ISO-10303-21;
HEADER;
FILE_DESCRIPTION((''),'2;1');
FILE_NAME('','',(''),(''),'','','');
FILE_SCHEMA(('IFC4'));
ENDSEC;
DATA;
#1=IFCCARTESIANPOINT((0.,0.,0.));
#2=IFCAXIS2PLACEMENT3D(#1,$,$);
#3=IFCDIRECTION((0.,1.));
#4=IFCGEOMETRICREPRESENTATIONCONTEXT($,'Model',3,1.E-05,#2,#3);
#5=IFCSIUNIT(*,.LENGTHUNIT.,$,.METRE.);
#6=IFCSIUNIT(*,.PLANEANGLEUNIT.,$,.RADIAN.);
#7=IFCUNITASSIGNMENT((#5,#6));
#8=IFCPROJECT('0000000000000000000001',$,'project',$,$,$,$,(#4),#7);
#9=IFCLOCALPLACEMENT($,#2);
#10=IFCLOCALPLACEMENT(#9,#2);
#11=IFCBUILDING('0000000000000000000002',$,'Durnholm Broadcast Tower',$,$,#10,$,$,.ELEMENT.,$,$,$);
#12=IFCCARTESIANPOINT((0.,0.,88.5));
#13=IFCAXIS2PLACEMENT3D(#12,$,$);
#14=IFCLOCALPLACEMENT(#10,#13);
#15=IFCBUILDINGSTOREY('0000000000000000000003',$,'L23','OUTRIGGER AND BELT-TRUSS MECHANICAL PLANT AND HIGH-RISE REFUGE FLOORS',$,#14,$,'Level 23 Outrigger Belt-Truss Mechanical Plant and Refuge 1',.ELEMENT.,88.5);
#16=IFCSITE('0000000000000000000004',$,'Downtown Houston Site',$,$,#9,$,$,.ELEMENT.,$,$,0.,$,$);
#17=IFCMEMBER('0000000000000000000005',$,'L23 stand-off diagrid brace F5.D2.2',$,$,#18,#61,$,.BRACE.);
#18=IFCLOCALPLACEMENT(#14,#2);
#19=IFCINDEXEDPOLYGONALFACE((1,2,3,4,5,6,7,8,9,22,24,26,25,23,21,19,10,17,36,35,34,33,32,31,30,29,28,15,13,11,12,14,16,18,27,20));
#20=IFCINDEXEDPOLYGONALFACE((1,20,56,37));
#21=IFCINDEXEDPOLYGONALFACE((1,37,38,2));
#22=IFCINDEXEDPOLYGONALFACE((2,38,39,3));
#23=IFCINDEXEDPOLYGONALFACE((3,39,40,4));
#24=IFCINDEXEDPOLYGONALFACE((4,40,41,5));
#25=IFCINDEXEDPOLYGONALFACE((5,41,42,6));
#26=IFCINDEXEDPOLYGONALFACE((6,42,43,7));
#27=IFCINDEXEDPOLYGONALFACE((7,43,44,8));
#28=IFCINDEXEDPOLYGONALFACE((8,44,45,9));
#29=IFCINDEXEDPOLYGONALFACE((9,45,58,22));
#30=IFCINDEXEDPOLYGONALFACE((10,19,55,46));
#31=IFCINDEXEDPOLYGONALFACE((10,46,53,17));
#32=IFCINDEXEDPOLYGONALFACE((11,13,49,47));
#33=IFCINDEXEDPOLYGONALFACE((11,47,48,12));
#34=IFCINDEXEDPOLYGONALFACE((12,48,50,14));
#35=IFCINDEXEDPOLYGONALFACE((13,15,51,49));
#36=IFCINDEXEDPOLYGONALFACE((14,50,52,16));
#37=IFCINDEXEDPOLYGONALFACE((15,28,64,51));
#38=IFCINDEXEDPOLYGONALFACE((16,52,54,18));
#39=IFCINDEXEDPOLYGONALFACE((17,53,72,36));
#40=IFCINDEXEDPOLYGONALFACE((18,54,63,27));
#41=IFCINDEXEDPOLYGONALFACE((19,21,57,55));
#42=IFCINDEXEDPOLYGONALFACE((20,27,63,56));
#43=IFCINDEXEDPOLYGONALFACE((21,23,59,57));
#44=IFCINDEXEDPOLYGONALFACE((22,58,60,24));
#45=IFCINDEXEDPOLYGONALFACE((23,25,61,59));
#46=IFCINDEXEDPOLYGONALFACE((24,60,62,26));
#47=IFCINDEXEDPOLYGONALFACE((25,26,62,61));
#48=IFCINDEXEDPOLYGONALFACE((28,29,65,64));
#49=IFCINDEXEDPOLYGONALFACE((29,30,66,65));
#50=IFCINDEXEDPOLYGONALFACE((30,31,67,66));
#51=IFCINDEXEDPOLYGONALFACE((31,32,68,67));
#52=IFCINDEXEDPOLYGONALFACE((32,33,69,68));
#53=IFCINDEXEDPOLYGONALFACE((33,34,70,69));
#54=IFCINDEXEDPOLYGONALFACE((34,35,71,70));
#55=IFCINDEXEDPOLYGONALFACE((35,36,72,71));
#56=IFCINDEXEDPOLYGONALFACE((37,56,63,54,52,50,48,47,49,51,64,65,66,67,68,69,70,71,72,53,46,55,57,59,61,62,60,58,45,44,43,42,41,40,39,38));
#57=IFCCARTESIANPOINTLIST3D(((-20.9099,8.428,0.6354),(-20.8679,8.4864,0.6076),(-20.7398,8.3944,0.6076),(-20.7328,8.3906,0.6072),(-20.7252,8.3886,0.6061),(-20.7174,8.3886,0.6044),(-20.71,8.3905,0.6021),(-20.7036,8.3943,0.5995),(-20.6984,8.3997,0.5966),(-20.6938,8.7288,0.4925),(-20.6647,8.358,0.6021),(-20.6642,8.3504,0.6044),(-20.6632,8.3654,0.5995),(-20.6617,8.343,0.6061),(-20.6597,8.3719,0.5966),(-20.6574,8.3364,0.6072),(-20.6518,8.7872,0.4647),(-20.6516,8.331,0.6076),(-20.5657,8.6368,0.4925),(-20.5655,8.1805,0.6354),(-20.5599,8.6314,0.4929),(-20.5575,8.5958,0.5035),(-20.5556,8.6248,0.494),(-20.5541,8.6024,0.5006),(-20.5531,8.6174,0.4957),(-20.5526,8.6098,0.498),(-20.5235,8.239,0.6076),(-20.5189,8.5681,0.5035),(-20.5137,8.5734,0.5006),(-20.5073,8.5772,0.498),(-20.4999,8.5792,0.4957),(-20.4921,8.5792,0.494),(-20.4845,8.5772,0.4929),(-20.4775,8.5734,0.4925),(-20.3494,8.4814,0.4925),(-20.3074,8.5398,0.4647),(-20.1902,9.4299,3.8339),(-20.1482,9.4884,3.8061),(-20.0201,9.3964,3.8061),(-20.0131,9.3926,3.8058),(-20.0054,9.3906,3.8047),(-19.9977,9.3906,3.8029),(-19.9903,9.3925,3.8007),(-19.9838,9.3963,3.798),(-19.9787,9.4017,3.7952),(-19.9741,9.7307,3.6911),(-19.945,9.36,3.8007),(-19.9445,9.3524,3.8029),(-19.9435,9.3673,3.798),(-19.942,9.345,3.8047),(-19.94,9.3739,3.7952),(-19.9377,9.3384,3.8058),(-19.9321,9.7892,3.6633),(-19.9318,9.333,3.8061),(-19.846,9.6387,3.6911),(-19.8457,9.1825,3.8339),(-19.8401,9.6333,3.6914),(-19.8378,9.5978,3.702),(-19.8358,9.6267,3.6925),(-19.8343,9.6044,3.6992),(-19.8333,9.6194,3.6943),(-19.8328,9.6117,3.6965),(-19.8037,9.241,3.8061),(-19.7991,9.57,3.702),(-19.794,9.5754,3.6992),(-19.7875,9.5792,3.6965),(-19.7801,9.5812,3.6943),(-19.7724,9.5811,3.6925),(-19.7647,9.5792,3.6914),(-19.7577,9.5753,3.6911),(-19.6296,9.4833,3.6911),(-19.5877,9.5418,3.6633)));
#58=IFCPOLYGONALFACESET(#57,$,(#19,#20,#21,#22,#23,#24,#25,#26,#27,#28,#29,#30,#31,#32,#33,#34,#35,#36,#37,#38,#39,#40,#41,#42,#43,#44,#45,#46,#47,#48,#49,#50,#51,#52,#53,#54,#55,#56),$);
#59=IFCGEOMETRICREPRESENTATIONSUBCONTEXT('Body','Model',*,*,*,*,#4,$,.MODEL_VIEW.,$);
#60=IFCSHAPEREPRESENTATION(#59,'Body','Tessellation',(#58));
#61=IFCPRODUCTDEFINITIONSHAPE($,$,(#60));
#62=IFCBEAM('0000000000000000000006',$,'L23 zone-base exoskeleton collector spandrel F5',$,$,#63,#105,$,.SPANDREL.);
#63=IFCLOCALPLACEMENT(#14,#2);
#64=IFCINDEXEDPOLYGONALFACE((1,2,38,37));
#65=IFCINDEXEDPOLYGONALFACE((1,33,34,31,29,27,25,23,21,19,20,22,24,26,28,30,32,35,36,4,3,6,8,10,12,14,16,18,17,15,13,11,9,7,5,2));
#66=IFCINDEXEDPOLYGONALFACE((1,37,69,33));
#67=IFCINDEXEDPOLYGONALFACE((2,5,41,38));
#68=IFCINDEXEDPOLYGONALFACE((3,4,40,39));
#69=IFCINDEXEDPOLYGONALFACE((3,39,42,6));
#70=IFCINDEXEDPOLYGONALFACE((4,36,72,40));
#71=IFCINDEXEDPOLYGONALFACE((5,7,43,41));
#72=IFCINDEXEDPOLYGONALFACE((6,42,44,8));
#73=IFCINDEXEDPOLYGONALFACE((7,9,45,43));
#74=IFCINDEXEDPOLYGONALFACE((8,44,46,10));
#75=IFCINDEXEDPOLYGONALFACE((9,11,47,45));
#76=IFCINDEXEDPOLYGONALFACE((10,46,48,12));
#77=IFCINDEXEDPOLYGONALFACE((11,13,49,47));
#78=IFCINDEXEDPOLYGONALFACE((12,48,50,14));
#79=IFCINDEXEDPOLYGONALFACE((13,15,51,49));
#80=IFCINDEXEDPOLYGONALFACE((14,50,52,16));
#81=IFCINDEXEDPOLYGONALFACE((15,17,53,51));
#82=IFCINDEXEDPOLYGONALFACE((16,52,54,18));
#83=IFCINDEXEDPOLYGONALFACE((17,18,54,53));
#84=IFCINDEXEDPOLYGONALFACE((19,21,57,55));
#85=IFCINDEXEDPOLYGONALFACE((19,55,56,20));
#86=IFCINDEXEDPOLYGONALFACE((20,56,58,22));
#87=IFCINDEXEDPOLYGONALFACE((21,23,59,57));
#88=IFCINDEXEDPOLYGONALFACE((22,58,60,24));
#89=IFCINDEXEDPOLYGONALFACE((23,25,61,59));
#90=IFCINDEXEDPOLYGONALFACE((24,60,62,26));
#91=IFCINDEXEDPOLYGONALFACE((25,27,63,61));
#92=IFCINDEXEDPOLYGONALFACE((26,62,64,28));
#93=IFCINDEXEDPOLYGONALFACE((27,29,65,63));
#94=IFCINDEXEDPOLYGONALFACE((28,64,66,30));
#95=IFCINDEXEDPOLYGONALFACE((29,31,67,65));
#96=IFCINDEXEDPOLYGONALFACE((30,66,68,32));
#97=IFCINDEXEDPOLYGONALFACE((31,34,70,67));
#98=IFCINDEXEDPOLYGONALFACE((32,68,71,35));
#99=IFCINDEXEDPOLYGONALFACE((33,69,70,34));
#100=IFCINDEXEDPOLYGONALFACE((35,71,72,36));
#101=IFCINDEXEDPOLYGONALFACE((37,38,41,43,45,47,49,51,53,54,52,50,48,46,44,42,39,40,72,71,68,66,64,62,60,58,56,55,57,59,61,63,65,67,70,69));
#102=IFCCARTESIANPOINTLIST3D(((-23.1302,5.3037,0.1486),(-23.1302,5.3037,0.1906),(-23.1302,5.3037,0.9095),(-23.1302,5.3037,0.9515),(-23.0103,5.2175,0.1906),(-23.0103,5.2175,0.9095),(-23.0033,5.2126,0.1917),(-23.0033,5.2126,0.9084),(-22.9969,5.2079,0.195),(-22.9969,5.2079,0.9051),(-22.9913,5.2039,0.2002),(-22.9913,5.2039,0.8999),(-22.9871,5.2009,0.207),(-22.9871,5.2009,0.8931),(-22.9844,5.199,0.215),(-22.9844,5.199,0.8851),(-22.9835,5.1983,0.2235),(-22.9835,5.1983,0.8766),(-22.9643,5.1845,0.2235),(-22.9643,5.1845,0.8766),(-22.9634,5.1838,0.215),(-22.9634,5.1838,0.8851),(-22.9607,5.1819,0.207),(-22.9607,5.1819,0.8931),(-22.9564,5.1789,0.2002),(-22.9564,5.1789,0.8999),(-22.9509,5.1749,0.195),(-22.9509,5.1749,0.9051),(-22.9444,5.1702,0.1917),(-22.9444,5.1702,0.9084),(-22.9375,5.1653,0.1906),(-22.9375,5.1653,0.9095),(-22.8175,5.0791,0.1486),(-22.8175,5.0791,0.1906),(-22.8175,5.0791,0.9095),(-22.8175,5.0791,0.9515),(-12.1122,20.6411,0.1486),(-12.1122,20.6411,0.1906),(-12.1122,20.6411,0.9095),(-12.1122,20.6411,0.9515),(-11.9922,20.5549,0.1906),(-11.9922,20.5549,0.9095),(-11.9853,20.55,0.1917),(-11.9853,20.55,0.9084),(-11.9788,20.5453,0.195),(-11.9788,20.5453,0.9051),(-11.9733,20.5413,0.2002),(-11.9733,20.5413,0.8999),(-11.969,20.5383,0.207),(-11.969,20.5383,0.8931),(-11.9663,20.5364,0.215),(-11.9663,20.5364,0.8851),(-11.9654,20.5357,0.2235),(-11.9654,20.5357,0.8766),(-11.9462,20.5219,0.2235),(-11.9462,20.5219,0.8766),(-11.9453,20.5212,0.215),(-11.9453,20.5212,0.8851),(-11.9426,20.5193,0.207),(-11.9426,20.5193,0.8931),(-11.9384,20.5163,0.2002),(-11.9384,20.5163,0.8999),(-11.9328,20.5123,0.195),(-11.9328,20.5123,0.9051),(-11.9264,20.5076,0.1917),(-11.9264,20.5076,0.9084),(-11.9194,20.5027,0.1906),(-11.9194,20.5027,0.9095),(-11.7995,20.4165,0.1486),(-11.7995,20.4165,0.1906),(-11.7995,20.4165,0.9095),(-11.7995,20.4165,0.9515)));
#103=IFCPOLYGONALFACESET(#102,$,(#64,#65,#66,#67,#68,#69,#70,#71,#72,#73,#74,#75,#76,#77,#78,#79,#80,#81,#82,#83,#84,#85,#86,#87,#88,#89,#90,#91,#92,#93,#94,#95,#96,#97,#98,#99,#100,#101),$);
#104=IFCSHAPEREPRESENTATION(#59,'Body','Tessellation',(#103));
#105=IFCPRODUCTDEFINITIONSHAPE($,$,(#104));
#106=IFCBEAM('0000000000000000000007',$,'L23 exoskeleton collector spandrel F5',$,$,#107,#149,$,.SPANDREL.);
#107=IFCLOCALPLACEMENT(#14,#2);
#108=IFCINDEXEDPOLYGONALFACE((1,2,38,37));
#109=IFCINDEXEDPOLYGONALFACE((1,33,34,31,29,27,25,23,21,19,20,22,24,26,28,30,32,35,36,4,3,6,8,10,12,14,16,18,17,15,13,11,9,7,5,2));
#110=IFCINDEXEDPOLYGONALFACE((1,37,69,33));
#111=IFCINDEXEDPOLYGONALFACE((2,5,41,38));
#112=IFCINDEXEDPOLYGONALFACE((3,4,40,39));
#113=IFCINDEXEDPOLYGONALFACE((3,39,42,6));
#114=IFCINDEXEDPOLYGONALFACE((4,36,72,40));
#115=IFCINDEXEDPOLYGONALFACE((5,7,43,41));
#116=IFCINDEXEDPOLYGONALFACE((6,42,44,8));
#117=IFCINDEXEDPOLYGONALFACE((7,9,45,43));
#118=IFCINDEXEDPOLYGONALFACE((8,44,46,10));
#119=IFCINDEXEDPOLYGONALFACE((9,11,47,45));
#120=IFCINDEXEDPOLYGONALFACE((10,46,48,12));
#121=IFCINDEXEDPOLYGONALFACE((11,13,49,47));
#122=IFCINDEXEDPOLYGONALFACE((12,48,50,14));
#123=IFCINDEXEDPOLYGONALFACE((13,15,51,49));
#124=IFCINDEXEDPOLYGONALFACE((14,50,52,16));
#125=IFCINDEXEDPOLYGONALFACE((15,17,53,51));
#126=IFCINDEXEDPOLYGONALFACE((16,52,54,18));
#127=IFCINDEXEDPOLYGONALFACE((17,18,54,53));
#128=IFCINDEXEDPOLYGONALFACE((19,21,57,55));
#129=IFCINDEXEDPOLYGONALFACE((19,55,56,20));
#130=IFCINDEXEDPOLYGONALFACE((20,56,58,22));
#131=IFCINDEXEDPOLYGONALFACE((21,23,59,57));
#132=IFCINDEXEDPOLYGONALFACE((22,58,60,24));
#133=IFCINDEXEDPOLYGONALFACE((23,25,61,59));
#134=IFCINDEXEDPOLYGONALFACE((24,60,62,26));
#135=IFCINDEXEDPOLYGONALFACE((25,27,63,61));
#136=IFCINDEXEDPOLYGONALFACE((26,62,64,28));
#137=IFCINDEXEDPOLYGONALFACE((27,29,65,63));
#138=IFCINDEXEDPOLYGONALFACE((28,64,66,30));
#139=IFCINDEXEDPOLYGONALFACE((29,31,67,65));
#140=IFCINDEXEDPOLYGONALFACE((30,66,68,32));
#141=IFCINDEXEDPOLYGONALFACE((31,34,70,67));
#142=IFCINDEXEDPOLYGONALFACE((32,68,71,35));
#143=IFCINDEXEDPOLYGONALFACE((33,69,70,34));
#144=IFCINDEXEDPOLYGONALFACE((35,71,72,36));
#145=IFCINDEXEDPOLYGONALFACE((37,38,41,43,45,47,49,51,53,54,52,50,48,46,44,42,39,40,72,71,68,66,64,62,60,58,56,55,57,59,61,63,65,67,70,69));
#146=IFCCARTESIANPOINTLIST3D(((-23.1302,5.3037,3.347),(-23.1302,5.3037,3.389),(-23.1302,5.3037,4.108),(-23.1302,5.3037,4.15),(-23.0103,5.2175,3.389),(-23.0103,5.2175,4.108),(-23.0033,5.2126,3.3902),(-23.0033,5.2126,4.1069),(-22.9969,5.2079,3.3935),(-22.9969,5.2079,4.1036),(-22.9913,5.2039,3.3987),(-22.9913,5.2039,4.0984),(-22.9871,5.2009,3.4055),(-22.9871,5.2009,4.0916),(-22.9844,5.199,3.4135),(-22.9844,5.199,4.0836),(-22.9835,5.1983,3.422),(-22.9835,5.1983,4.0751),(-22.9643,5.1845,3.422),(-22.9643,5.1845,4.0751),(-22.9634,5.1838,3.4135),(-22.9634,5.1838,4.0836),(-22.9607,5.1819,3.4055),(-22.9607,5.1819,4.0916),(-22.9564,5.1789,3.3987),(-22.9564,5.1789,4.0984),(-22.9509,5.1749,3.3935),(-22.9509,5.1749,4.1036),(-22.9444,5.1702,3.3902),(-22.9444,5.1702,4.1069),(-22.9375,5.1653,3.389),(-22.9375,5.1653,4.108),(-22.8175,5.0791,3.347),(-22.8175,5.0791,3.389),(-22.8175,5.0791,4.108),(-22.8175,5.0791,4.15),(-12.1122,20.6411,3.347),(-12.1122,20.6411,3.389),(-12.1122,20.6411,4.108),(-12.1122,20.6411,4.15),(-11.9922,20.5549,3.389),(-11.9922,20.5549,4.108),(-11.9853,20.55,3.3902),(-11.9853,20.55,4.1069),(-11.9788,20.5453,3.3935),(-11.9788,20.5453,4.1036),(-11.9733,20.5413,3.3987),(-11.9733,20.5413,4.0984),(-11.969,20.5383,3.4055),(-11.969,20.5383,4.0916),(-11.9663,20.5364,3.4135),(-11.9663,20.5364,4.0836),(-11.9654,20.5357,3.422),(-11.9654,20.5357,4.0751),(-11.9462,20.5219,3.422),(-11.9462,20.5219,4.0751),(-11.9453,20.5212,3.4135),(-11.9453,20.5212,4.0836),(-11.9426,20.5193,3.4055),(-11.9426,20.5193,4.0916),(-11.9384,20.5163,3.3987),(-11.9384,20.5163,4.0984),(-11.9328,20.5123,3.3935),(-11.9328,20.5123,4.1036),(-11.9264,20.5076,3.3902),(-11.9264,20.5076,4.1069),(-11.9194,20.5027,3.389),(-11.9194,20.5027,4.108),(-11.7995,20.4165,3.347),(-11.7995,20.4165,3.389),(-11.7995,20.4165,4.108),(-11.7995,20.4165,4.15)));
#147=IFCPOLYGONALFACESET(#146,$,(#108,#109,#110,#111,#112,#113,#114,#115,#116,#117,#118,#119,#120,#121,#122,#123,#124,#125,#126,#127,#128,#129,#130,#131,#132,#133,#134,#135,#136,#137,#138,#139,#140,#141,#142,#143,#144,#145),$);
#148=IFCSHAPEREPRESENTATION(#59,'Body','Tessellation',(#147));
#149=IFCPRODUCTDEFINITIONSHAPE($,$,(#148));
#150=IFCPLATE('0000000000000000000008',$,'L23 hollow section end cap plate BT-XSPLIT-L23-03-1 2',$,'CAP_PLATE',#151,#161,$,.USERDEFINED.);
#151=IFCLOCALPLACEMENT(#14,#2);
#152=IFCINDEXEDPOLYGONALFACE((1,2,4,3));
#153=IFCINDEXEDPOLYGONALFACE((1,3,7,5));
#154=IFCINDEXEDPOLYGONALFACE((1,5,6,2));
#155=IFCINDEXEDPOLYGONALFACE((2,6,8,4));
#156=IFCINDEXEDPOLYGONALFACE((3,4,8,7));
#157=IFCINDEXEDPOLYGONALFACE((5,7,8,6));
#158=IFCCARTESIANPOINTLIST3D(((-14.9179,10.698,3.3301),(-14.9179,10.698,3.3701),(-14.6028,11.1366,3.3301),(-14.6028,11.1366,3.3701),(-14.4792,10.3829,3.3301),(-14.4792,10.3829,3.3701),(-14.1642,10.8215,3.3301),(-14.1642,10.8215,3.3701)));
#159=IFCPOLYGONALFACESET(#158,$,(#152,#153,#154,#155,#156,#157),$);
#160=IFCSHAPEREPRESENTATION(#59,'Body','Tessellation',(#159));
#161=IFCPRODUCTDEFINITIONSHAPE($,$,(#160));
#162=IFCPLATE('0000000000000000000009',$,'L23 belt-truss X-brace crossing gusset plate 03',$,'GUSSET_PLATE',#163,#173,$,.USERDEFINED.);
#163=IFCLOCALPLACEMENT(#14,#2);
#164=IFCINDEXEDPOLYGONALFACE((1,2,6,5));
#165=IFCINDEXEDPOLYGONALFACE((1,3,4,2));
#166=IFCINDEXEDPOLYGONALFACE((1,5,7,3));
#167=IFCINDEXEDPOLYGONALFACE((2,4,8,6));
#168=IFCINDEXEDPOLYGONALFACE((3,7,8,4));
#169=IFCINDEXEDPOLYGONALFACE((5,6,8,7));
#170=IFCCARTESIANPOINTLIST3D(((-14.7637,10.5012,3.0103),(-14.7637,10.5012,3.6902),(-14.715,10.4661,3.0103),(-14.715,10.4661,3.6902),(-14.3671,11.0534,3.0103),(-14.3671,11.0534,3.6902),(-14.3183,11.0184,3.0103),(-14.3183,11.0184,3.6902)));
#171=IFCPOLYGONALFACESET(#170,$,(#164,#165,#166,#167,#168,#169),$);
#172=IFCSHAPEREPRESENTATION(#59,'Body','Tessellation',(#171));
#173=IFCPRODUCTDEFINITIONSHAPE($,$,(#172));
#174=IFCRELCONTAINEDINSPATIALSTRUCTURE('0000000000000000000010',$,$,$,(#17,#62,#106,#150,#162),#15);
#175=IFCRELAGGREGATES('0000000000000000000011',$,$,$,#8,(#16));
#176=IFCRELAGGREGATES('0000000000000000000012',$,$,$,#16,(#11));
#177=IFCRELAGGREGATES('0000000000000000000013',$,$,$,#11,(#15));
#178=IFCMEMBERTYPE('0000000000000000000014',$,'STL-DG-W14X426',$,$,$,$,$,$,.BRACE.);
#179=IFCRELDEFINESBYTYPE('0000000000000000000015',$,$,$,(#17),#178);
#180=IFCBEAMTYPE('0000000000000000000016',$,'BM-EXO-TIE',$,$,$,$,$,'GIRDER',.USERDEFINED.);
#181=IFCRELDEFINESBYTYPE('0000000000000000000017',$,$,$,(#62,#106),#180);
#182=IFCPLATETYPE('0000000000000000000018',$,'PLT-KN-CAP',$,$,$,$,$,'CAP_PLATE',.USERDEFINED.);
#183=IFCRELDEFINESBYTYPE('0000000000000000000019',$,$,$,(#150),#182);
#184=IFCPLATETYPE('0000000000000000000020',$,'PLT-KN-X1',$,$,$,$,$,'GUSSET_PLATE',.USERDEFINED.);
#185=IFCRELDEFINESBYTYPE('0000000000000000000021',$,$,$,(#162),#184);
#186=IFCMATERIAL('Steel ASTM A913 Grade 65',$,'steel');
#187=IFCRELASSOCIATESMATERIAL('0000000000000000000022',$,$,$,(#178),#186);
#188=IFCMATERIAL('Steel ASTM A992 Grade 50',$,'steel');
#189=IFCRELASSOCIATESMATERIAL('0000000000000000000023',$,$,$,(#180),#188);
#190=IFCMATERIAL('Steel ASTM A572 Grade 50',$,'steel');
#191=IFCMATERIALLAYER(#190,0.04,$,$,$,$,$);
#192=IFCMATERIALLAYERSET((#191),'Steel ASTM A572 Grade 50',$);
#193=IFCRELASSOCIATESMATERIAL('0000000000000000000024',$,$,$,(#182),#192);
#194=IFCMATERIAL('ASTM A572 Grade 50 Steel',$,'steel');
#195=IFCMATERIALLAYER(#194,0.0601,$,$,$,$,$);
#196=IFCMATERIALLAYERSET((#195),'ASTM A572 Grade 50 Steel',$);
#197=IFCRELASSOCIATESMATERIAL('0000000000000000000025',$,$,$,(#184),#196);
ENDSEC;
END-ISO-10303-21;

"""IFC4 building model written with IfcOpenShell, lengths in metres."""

from ifc_helpers import new_model, si_unit, direction, frame, origin, origin_2d, place, context, subcontext, project, spatial, rectangle, i_section, extrude, source, transform, mapped, material, layer, layer_set, material_profile, profile_set, type_object, type_shapes, element, save


model = new_model("IFC4")

# Units and contexts
model_context = context("Model", 3, precision=1e-05, world=origin(), true_north=direction((0.0, 1.0)))
body_context = subcontext(model_context, "Body", "Model", "MODEL_VIEW")
ifc_project = project(units=[si_unit("LENGTHUNIT", "METRE"), si_unit("PLANEANGLEUNIT", "RADIAN")], contexts=[model_context])

# Site, building, storey
site_placement = place(None, origin())
site = spatial("IfcSite", under=ifc_project, at=site_placement, Name="Downtown Houston Site", CompositionType="ELEMENT", RefElevation=0.0)
building_placement = place(site_placement, origin())
building = spatial("IfcBuilding", under=site, at=building_placement, Name="Durnholm Broadcast Tower", CompositionType="ELEMENT")
storey_placement = place(building_placement, frame((0.0, 0.0, 88.5)))
storey = spatial("IfcBuildingStorey", under=building, at=storey_placement, Name="L23", Description="OUTRIGGER AND BELT-TRUSS MECHANICAL PLANT AND HIGH-RISE REFUGE FLOORS", LongName="Level 23 Outrigger Belt-Truss Mechanical Plant and Refuge 1", CompositionType="ELEMENT", Elevation=88.5)

# Member
ifc_material_1 = material(Name="Steel ASTM A913 Grade 65", Category="steel")
ifc_material_profile_1 = material_profile(ifc_material_1, i_section(OverallWidth=0.4241, OverallDepth=0.4741, WebThickness=0.0476, FlangeThickness=0.0771, FilletRadius=0.0305, at=origin_2d()), Name="W14X426")
ifc_profile_set_1 = profile_set([ifc_material_profile_1], Name="Steel ASTM A913 Grade 65")
member_type_1 = type_object("IfcMemberType", Name="STL-DG-W14X426", PredefinedType="BRACE", material=ifc_profile_set_1)
shared_shape_1 = source(origin(), body_context, "Body", "SweptSolid", [
    extrude(i_section(OverallWidth=0.4241, OverallDepth=0.4741, WebThickness=0.0476, FlangeThickness=0.0771, FilletRadius=0.0305, at=origin_2d()), origin(), (0.0, 0.0, 1.0), 3.4282),
])
type_shapes(member_type_1, [shared_shape_1])
for number, where, z_axis, x_axis, name in (
    (1, (-20.6086, 8.4839, 0.55), (0.209946, 0.292272, 0.933006), (-0.812179, 0.583408, 0.0), "L23 stand-off diagrid brace F5.D2.2"),
):
    element("IfcMember", number, at=place(storey_placement, frame(where, z_axis=z_axis, x_axis=x_axis)), inside=storey, type_object=member_type_1, Name=name, PredefinedType="BRACE", context=body_context, shape_type="MappedRepresentation", body=[
        mapped(shared_shape_1, transform((0.0, 0.0, 0.0), x_axis=(1.0, 0.0, 0.0), y_axis=(0.0, 1.0, 0.0), z_axis=(0.0, 0.0, 1.0), scale=1.0)),
    ])

# Beams
ifc_material_2 = material(Name="Steel ASTM A992 Grade 50", Category="steel")
ifc_material_profile_2 = material_profile(ifc_material_2, i_section(OverallWidth=0.385, OverallDepth=0.803, WebThickness=0.0237, FlangeThickness=0.042, FilletRadius=0.033, at=origin_2d()), Name="W30X261")
ifc_profile_set_2 = profile_set([ifc_material_profile_2], Name="Steel ASTM A992 Grade 50")
beam_type = type_object("IfcBeamType", Name="BM-EXO-TIE", ElementType="GIRDER", PredefinedType="USERDEFINED", material=ifc_profile_set_2)
shared_shape_2 = source(origin(), body_context, "Body", "SweptSolid", [
    extrude(i_section(OverallWidth=0.385, OverallDepth=0.803, WebThickness=0.0237, FlangeThickness=0.042, FilletRadius=0.033, at=origin_2d()), origin(), (0.0, 0.0, 1.0), 18.8848),
])
type_shapes(beam_type, [shared_shape_2])
for number, where, z_axis, x_axis, name in (
    (2, (-11.9558, 20.5288, 0.55), (-0.583437, -0.812158, 0.0), (0.812158, -0.583437, 0.0), "L23 zone-base exoskeleton collector spandrel F5"),
    (3, (-11.9558, 20.5288, 3.7485), (-0.583437, -0.812158, 0.0), (0.812158, -0.583437, 0.0), "L23 exoskeleton collector spandrel F5"),
):
    element("IfcBeam", number, at=place(storey_placement, frame(where, z_axis=z_axis, x_axis=x_axis)), inside=storey, type_object=beam_type, Name=name, PredefinedType="SPANDREL", context=body_context, shape_type="MappedRepresentation", body=[
        mapped(shared_shape_2, transform((0.0, 0.0, 0.0), x_axis=(1.0, 0.0, 0.0), y_axis=(0.0, 1.0, 0.0), z_axis=(0.0, 0.0, 1.0), scale=1.0)),
    ])

# Plates
ifc_material_3 = material(Name="Steel ASTM A572 Grade 50", Category="steel")
ifc_layer_1 = layer(ifc_material_3, 0.04)
ifc_layer_set_1 = layer_set([ifc_layer_1], Name="Steel ASTM A572 Grade 50")
plate_type_1 = type_object("IfcPlateType", Name="PLT-KN-CAP", ElementType="CAP_PLATE", PredefinedType="USERDEFINED", material=ifc_layer_set_1)
shared_shape_3 = source(origin(), body_context, "Body", "SweptSolid", [
    extrude(rectangle(XDim=0.54, YDim=0.54, at=origin_2d()), origin(), (0.0, 0.0, 1.0), 0.04),
])
type_shapes(plate_type_1, [shared_shape_3])
plate_1_placement = place(storey_placement, frame((-14.541, 10.7598, 3.3301), z_axis=(0.0, 0.0, 1.0), x_axis=(-0.583399, -0.812185, 0.0)))
element("IfcPlate", 4, at=plate_1_placement, inside=storey, type_object=plate_type_1, Name="L23 hollow section end cap plate BT-XSPLIT-L23-03-1 2", ObjectType="CAP_PLATE", PredefinedType="USERDEFINED", context=body_context, shape_type="MappedRepresentation", body=[
    mapped(shared_shape_3, transform((0.0, 0.0, 0.0), x_axis=(1.0, 0.0, 0.0), y_axis=(0.0, 1.0, 0.0), z_axis=(0.0, 0.0, 1.0), scale=1.0)),
])
ifc_material_4 = material(Name="ASTM A572 Grade 50 Steel", Category="steel")
ifc_layer_2 = layer(ifc_material_4, 0.0601)
ifc_layer_set_2 = layer_set([ifc_layer_2], Name="ASTM A572 Grade 50 Steel")
plate_type_2 = type_object("IfcPlateType", Name="PLT-KN-X1", ElementType="GUSSET_PLATE", PredefinedType="USERDEFINED", material=ifc_layer_set_2)
shared_shape_4 = source(origin(), body_context, "Body", "SweptSolid", [
    extrude(rectangle(XDim=0.6799, YDim=0.0601, at=origin_2d()), origin(), (0.0, 0.0, 1.0), 0.6799),
])
type_shapes(plate_type_2, [shared_shape_4])
plate_2_placement = place(storey_placement, frame((-14.541, 10.7598, 3.0103), z_axis=(0.0, 0.0, 1.0), x_axis=(0.583399, 0.812185, 0.0)))
element("IfcPlate", 5, at=plate_2_placement, inside=storey, type_object=plate_type_2, Name="L23 belt-truss X-brace crossing gusset plate 03", ObjectType="GUSSET_PLATE", PredefinedType="USERDEFINED", context=body_context, shape_type="MappedRepresentation", body=[
    mapped(shared_shape_4, transform((0.0, 0.0, 0.0), x_axis=(1.0, 0.0, 0.0), y_axis=(0.0, 1.0, 0.0), z_axis=(0.0, 0.0, 1.0), scale=1.0)),
])

save(model, "model.ifc")
